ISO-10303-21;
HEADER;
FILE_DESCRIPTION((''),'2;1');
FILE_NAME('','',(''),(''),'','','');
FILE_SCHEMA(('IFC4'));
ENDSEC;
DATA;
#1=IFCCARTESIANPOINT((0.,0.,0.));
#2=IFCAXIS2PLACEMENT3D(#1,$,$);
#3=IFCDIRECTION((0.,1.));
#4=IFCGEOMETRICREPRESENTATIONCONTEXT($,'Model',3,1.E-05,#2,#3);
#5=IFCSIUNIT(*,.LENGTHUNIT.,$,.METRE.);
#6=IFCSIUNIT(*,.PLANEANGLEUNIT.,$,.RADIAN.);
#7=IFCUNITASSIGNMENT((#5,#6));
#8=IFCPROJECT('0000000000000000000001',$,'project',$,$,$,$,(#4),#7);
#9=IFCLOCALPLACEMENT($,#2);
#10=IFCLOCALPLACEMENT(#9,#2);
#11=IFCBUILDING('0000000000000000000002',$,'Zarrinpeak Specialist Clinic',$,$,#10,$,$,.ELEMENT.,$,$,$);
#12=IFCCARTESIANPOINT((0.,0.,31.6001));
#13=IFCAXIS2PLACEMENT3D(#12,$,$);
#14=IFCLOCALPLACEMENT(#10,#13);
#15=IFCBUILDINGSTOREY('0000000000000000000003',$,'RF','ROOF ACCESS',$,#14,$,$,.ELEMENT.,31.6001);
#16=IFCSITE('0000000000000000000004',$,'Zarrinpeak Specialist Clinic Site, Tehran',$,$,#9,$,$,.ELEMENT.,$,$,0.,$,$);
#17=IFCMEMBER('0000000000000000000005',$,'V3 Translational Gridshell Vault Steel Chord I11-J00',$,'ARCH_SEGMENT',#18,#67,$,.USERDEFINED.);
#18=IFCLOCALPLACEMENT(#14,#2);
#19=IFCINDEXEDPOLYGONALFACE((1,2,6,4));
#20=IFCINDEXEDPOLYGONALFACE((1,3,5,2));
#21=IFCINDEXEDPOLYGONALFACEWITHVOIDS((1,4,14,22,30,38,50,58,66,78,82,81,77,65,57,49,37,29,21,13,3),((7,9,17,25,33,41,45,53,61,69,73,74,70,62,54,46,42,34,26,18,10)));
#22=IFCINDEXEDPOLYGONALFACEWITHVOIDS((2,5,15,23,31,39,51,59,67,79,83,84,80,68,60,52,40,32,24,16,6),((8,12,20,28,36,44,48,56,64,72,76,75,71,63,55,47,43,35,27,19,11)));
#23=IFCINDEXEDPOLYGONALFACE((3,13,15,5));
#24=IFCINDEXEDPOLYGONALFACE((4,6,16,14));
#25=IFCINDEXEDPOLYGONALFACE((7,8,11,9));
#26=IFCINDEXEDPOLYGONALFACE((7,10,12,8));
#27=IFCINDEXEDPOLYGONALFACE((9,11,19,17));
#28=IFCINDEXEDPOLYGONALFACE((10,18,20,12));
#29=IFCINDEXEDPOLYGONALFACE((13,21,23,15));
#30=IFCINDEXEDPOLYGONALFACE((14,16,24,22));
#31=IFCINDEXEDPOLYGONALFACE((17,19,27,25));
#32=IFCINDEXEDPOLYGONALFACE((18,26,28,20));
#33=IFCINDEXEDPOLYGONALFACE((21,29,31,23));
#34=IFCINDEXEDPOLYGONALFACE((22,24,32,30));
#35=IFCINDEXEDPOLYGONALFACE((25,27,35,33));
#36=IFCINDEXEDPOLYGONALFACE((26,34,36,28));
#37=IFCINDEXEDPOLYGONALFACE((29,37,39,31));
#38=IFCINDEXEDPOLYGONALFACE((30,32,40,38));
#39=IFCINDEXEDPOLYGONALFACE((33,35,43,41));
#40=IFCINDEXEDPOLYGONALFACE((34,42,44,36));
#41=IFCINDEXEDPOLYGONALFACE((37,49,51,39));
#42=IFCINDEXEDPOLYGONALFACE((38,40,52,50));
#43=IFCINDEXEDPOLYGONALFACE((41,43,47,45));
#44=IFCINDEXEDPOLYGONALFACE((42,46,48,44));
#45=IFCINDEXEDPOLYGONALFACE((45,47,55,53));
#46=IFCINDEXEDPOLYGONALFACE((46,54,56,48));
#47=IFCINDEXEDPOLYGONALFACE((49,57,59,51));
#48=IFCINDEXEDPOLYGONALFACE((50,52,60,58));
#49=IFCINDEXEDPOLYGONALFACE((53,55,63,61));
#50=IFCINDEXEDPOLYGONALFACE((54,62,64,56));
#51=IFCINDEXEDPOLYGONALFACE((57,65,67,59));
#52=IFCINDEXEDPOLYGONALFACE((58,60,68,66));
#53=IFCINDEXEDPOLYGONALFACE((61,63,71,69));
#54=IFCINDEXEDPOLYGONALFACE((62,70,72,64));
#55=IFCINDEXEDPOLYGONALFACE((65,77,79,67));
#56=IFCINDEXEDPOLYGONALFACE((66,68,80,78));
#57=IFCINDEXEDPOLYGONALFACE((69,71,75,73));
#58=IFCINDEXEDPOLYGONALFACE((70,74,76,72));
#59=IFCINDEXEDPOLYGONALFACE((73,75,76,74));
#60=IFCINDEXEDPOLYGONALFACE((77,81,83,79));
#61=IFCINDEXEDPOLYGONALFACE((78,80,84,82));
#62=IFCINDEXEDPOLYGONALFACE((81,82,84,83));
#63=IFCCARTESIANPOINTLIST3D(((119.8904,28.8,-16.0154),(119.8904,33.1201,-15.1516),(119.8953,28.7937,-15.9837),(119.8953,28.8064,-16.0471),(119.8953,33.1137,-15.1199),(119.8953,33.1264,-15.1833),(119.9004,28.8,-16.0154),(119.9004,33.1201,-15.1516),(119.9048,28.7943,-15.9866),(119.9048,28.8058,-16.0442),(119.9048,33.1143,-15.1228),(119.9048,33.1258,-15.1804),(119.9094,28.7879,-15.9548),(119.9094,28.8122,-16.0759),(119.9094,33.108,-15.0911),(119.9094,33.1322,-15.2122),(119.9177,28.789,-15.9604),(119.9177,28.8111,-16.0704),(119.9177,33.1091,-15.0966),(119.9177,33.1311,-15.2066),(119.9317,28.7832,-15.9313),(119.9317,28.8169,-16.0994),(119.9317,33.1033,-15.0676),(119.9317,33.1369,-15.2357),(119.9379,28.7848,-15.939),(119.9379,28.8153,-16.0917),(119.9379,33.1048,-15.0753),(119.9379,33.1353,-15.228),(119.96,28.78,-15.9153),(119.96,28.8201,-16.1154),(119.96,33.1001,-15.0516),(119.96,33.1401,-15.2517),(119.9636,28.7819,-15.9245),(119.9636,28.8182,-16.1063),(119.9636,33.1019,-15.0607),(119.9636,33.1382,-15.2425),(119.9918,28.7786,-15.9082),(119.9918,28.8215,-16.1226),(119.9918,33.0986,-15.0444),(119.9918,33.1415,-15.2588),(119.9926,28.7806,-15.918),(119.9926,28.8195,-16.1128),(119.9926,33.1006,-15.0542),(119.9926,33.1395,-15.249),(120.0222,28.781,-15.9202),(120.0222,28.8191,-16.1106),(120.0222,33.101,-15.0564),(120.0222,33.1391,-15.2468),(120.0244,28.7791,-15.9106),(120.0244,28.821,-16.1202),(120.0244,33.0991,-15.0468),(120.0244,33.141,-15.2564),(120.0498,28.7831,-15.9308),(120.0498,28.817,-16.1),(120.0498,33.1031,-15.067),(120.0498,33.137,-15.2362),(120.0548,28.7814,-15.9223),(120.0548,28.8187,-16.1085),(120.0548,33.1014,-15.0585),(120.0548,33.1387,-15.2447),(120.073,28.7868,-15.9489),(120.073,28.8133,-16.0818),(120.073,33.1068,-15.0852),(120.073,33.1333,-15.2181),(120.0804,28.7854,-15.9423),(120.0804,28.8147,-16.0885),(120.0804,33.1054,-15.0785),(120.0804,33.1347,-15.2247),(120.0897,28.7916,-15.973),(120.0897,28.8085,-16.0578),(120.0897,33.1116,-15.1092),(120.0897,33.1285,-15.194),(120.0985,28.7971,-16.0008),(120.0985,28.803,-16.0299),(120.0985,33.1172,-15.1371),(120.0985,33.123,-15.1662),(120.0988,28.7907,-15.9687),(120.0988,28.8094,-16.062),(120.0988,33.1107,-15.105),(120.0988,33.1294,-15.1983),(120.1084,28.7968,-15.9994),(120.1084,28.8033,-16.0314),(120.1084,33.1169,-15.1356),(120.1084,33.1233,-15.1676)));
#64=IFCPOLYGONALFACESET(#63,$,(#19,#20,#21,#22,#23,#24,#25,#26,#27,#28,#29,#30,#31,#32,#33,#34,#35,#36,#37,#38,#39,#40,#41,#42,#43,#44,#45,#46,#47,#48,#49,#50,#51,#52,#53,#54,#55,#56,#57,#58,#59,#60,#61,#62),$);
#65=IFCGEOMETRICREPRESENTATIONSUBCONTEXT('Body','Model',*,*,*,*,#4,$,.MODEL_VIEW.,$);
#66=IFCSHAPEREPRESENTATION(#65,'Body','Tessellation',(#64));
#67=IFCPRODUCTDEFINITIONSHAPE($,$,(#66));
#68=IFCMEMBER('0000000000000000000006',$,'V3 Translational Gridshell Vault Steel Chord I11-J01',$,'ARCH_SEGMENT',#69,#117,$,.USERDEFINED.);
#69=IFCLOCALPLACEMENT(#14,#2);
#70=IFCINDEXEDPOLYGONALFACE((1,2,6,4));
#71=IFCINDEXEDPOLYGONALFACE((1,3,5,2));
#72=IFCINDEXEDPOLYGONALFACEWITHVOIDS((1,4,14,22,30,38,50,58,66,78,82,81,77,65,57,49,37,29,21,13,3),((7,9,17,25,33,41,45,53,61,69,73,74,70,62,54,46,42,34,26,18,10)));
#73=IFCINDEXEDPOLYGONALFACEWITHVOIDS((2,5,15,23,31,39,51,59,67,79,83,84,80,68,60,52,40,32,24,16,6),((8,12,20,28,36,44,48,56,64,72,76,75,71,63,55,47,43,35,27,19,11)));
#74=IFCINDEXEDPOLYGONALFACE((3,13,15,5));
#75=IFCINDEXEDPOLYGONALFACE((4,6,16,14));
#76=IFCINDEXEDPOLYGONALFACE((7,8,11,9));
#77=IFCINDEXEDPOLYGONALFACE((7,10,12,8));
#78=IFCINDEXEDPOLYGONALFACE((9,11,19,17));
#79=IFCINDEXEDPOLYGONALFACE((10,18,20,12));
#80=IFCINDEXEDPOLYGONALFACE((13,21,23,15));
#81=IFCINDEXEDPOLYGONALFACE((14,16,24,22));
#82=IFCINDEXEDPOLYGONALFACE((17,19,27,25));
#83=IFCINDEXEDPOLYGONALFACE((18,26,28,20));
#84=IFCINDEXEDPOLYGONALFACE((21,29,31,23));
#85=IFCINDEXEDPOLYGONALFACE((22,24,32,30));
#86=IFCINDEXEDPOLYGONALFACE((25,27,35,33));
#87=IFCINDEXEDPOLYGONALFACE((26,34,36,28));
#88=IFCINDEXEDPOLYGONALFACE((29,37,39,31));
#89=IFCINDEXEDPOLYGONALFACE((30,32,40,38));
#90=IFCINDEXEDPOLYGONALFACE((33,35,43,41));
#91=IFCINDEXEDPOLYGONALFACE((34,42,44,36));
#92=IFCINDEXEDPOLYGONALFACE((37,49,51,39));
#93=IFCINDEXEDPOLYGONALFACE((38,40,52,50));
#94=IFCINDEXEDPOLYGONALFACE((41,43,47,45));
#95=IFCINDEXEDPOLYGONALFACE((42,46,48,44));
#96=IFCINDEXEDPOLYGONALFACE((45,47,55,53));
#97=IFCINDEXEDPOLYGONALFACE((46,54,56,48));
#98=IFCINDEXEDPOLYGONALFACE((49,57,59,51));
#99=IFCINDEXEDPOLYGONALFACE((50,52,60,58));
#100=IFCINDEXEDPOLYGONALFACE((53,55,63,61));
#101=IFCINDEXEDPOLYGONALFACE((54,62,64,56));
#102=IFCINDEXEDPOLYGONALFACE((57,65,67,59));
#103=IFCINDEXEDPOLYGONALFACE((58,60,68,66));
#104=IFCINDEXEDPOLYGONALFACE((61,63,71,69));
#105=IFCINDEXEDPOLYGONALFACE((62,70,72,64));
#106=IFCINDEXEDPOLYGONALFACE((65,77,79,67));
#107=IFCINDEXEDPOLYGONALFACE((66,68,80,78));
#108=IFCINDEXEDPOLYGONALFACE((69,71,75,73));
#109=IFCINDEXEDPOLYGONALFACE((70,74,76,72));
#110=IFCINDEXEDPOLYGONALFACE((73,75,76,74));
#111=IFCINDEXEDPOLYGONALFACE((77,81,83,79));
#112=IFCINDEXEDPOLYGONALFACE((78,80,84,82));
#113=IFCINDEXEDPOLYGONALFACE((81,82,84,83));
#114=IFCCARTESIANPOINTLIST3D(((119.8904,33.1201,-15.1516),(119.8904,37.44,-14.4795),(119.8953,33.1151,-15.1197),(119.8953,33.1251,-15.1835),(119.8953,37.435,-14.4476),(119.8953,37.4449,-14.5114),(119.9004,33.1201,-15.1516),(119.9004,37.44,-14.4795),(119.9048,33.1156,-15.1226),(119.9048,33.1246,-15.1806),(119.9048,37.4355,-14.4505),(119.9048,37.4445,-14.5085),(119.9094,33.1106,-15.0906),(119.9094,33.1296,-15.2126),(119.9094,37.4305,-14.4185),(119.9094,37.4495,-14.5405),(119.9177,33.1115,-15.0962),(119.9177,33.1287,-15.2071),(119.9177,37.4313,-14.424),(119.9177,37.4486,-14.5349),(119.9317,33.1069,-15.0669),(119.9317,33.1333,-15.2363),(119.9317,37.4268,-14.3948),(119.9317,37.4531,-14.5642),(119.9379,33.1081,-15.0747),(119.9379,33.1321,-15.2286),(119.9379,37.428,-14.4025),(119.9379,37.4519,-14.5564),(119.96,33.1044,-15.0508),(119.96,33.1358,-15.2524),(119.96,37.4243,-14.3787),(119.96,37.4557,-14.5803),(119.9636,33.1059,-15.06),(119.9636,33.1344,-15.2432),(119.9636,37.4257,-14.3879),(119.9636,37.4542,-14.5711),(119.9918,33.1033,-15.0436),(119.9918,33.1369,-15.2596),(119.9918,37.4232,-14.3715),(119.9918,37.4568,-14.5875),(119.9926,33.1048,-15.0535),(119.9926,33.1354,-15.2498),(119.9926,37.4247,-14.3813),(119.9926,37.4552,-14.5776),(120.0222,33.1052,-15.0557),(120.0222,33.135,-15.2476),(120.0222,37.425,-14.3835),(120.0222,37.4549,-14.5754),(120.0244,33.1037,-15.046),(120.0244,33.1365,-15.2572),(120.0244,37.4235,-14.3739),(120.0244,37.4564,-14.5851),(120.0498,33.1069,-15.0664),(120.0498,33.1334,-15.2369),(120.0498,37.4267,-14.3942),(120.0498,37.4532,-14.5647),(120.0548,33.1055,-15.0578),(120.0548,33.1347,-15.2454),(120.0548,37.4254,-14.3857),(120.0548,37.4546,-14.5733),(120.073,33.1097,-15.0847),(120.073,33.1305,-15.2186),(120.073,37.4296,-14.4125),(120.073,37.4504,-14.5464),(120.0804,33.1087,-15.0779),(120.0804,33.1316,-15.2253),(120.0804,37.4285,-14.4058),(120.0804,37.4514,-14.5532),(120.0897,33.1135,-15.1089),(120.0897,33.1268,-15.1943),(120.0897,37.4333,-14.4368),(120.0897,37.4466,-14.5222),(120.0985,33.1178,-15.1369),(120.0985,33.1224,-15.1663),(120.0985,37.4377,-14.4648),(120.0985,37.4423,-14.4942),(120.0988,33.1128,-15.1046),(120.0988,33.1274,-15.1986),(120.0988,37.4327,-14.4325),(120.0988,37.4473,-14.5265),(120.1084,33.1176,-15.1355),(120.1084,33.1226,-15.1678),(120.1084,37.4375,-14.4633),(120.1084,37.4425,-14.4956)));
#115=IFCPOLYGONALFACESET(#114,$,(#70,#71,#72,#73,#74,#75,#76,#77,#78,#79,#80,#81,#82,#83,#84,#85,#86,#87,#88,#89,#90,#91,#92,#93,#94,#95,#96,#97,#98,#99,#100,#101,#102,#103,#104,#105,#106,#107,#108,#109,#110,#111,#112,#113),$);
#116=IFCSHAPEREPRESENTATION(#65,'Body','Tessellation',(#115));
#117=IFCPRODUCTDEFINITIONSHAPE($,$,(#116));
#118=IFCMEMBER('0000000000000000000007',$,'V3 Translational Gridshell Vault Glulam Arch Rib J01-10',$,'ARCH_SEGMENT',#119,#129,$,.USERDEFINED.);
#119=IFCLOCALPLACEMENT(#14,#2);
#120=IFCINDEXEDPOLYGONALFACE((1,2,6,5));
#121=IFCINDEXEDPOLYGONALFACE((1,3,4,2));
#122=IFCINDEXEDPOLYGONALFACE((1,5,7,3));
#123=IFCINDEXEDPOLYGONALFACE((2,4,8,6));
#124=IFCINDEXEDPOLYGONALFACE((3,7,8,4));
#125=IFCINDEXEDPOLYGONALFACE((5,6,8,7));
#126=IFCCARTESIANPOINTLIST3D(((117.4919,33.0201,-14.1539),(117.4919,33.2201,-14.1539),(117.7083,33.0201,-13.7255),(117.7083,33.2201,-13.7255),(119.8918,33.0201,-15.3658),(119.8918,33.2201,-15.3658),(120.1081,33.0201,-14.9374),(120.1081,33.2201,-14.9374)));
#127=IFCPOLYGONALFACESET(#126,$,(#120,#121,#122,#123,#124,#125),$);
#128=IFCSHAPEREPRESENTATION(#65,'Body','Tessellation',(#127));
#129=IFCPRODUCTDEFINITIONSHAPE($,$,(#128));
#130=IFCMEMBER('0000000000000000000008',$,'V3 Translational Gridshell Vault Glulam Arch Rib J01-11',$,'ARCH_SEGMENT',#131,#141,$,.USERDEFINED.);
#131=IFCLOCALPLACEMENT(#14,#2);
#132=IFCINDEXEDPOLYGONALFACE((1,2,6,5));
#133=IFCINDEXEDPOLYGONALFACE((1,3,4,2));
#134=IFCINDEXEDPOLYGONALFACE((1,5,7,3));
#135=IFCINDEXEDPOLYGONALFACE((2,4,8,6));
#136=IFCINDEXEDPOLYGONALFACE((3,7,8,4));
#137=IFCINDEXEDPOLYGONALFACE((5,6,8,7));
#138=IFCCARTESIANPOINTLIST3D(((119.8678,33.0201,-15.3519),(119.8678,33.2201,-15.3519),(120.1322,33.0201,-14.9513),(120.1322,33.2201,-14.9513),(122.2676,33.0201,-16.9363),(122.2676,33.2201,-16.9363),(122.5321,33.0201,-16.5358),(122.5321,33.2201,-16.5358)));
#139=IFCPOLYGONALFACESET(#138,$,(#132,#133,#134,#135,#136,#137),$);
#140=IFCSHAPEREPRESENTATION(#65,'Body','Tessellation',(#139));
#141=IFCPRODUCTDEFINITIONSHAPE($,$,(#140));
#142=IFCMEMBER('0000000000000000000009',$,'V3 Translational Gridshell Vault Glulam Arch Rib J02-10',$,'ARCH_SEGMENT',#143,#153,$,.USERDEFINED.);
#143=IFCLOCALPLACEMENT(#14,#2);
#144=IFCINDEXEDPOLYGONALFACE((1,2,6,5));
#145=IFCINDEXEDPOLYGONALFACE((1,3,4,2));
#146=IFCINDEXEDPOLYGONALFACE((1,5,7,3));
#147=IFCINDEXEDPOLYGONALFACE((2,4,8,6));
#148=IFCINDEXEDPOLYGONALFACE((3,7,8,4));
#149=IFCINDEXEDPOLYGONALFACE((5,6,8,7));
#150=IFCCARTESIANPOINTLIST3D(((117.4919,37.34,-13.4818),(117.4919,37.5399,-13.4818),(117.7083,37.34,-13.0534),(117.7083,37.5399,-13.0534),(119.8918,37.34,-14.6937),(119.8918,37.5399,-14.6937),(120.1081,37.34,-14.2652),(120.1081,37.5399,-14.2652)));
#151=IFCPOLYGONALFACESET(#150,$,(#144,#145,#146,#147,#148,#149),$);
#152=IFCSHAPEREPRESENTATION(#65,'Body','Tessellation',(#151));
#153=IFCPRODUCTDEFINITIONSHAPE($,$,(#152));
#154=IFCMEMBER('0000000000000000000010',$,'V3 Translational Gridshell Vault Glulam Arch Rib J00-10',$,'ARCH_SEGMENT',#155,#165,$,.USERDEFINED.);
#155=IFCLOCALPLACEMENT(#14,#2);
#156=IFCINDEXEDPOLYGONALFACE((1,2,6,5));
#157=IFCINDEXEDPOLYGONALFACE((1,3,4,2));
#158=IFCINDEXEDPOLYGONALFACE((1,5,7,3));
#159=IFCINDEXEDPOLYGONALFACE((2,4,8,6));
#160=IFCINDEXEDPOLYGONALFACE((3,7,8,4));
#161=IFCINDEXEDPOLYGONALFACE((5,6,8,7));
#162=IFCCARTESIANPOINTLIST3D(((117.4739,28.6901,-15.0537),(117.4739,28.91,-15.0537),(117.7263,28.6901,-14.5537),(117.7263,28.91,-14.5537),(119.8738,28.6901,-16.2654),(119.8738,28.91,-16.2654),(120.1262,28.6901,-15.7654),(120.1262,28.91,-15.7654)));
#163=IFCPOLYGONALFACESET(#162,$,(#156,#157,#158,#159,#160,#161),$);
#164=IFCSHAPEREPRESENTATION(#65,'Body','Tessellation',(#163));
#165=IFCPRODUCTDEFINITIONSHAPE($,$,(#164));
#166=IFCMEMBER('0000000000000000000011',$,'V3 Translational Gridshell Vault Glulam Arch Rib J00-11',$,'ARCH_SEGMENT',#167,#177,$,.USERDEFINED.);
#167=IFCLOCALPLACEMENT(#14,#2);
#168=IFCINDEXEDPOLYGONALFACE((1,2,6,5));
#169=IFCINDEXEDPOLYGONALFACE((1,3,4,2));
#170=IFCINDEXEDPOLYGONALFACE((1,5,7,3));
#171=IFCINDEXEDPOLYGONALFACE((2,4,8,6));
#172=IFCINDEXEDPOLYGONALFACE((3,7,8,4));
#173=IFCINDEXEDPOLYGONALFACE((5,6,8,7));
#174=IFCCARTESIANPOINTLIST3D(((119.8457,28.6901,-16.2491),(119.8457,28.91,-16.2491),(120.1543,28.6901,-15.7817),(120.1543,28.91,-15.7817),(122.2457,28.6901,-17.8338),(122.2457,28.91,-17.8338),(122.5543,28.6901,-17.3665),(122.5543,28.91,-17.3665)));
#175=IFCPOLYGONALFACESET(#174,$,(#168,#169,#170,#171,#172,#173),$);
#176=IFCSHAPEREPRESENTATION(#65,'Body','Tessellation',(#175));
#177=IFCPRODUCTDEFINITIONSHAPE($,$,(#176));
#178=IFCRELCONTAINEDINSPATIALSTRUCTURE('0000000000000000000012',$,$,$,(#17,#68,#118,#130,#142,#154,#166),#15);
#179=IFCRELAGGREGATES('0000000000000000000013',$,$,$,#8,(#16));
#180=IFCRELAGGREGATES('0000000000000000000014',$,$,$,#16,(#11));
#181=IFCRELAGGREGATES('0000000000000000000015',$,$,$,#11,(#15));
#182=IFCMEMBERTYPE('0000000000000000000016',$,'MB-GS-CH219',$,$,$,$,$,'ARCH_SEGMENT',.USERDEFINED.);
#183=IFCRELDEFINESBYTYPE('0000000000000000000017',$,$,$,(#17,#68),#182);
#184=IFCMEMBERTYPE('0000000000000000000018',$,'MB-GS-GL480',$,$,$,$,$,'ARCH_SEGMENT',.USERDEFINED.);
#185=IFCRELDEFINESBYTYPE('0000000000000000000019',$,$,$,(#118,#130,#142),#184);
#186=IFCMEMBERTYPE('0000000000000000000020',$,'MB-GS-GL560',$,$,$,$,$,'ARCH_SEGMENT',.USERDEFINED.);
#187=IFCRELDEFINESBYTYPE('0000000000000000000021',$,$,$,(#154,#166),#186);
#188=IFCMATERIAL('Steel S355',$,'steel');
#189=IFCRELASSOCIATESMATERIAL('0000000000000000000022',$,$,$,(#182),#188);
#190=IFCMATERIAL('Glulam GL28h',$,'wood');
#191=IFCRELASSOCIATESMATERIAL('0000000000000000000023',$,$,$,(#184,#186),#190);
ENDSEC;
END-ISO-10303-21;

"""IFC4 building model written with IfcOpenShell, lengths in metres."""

from ifc_helpers import new_model, si_unit, direction, frame, origin, origin_2d, place, context, subcontext, project, spatial, rectangle, hollow_circle, extrude, material, material_profile, profile_set, type_object, element, save


model = new_model("IFC4")

# Units and contexts
model_context = context("Model", 3, precision=1e-05, world=origin(), true_north=direction((0.0, 1.0)))
body_context = subcontext(model_context, "Body", "Model", "MODEL_VIEW")
ifc_project = project(units=[si_unit("LENGTHUNIT", "METRE"), si_unit("PLANEANGLEUNIT", "RADIAN")], contexts=[model_context])

# Site, building, storey
site_placement = place(None, origin())
site = spatial("IfcSite", under=ifc_project, at=site_placement, Name="Zarrinpeak Specialist Clinic Site, Tehran", CompositionType="ELEMENT", RefElevation=0.0)
building_placement = place(site_placement, origin())
building = spatial("IfcBuilding", under=site, at=building_placement, Name="Zarrinpeak Specialist Clinic", CompositionType="ELEMENT")
storey_placement = place(building_placement, frame((0.0, 0.0, 31.6001)))
storey = spatial("IfcBuildingStorey", under=building, at=storey_placement, Name="RF", Description="ROOF ACCESS", CompositionType="ELEMENT", Elevation=31.6001)

# Members
ifc_material_1 = material(Name="Steel S355", Category="steel")
ifc_material_profile_1 = material_profile(ifc_material_1, hollow_circle(Radius=0.1096, WallThickness=0.01, at=origin_2d()), Name="CHS 219.1x10.0")
ifc_profile_set_1 = profile_set([ifc_material_profile_1], Name="Steel S355")
member_type_1 = type_object("IfcMemberType", Name="MB-GS-CH219", ElementType="ARCH_SEGMENT", PredefinedType="USERDEFINED", material=ifc_profile_set_1)
member_1_placement = place(storey_placement, frame((120.0, 28.8, -16.0154), z_axis=(0.0, 0.980591, 0.196063), x_axis=(-1.0, 0.0, 0.0)))
element("IfcMember", 1, at=member_1_placement, inside=storey, type_object=member_type_1, Name="V3 Translational Gridshell Vault Steel Chord I11-J00", ObjectType="ARCH_SEGMENT", PredefinedType="USERDEFINED", context=body_context, shape_type="SweptSolid", body=[
    extrude(hollow_circle(Radius=0.1096, WallThickness=0.01, at=origin_2d()), origin(), (0.0, 0.0, 1.0), 4.4055),
])
member_2_placement = place(storey_placement, frame((120.0, 33.1201, -15.1516), z_axis=(0.0, 0.988111, 0.15374), x_axis=(-1.0, 0.0, 0.0)))
element("IfcMember", 2, at=member_2_placement, inside=storey, type_object=member_type_1, Name="V3 Translational Gridshell Vault Steel Chord I11-J01", ObjectType="ARCH_SEGMENT", PredefinedType="USERDEFINED", context=body_context, shape_type="SweptSolid", body=[
    extrude(hollow_circle(Radius=0.1096, WallThickness=0.01, at=origin_2d()), origin(), (0.0, 0.0, 1.0), 4.3718),
])
ifc_material_2 = material(Name="Glulam GL28h", Category="wood")
ifc_material_profile_2 = material_profile(ifc_material_2, rectangle(XDim=0.2, YDim=0.48, at=origin_2d()), Name="GL28h 200x480")
ifc_profile_set_2 = profile_set([ifc_material_profile_2], Name="Glulam GL28h")
member_type_2 = type_object("IfcMemberType", Name="MB-GS-GL480", ElementType="ARCH_SEGMENT", PredefinedType="USERDEFINED", material=ifc_profile_set_2)
member_3_placement = place(storey_placement, frame((117.6001, 33.1201, -13.9397), z_axis=(0.89264, 0.0, -0.45077), x_axis=(0.0, 1.0, 0.0)))
element("IfcMember", 3, at=member_3_placement, inside=storey, type_object=member_type_2, Name="V3 Translational Gridshell Vault Glulam Arch Rib J01-10", ObjectType="ARCH_SEGMENT", PredefinedType="USERDEFINED", context=body_context, shape_type="SweptSolid", body=[
    extrude(rectangle(XDim=0.2, YDim=0.48, at=origin_2d()), origin(), (0.0, 0.0, 1.0), 2.6885),
])
member_4_placement = place(storey_placement, frame((120.0, 33.1201, -15.1516), z_axis=(0.834524, 0.0, -0.550972), x_axis=(0.0, 1.0, 0.0)))
element("IfcMember", 4, at=member_4_placement, inside=storey, type_object=member_type_2, Name="V3 Translational Gridshell Vault Glulam Arch Rib J01-11", ObjectType="ARCH_SEGMENT", PredefinedType="USERDEFINED", context=body_context, shape_type="SweptSolid", body=[
    extrude(rectangle(XDim=0.2, YDim=0.48, at=origin_2d()), origin(), (0.0, 0.0, 1.0), 2.8757),
])
member_5_placement = place(storey_placement, frame((117.6001, 37.4399, -13.2676), z_axis=(0.89264, 0.0, -0.45077), x_axis=(0.0, 1.0, 0.0)))
element("IfcMember", 5, at=member_5_placement, inside=storey, type_object=member_type_2, Name="V3 Translational Gridshell Vault Glulam Arch Rib J02-10", ObjectType="ARCH_SEGMENT", PredefinedType="USERDEFINED", context=body_context, shape_type="SweptSolid", body=[
    extrude(rectangle(XDim=0.2, YDim=0.48, at=origin_2d()), origin(), (0.0, 0.0, 1.0), 2.6885),
])
ifc_material_profile_3 = material_profile(ifc_material_2, rectangle(XDim=0.22, YDim=0.5601, at=origin_2d()), Name="GL28h 220x560")
ifc_profile_set_3 = profile_set([ifc_material_profile_3], Name="Glulam GL28h")
member_type_3 = type_object("IfcMemberType", Name="MB-GS-GL560", ElementType="ARCH_SEGMENT", PredefinedType="USERDEFINED", material=ifc_profile_set_3)
member_6_placement = place(storey_placement, frame((117.6001, 28.8, -14.8037), z_axis=(0.892677, 0.0, -0.450697), x_axis=(0.0, 1.0, 0.0)))
element("IfcMember", 6, at=member_6_placement, inside=storey, type_object=member_type_3, Name="V3 Translational Gridshell Vault Glulam Arch Rib J00-10", ObjectType="ARCH_SEGMENT", PredefinedType="USERDEFINED", context=body_context, shape_type="SweptSolid", body=[
    extrude(rectangle(XDim=0.22, YDim=0.5601, at=origin_2d()), origin(), (0.0, 0.0, 1.0), 2.6885),
])
member_7_placement = place(storey_placement, frame((120.0, 28.8, -16.0154), z_axis=(0.834484, 0.0, -0.551031), x_axis=(0.0, 1.0, 0.0)))
element("IfcMember", 7, at=member_7_placement, inside=storey, type_object=member_type_3, Name="V3 Translational Gridshell Vault Glulam Arch Rib J00-11", ObjectType="ARCH_SEGMENT", PredefinedType="USERDEFINED", context=body_context, shape_type="SweptSolid", body=[
    extrude(rectangle(XDim=0.22, YDim=0.5601, at=origin_2d()), origin(), (0.0, 0.0, 1.0), 2.876),
])

save(model, "model.ifc")
